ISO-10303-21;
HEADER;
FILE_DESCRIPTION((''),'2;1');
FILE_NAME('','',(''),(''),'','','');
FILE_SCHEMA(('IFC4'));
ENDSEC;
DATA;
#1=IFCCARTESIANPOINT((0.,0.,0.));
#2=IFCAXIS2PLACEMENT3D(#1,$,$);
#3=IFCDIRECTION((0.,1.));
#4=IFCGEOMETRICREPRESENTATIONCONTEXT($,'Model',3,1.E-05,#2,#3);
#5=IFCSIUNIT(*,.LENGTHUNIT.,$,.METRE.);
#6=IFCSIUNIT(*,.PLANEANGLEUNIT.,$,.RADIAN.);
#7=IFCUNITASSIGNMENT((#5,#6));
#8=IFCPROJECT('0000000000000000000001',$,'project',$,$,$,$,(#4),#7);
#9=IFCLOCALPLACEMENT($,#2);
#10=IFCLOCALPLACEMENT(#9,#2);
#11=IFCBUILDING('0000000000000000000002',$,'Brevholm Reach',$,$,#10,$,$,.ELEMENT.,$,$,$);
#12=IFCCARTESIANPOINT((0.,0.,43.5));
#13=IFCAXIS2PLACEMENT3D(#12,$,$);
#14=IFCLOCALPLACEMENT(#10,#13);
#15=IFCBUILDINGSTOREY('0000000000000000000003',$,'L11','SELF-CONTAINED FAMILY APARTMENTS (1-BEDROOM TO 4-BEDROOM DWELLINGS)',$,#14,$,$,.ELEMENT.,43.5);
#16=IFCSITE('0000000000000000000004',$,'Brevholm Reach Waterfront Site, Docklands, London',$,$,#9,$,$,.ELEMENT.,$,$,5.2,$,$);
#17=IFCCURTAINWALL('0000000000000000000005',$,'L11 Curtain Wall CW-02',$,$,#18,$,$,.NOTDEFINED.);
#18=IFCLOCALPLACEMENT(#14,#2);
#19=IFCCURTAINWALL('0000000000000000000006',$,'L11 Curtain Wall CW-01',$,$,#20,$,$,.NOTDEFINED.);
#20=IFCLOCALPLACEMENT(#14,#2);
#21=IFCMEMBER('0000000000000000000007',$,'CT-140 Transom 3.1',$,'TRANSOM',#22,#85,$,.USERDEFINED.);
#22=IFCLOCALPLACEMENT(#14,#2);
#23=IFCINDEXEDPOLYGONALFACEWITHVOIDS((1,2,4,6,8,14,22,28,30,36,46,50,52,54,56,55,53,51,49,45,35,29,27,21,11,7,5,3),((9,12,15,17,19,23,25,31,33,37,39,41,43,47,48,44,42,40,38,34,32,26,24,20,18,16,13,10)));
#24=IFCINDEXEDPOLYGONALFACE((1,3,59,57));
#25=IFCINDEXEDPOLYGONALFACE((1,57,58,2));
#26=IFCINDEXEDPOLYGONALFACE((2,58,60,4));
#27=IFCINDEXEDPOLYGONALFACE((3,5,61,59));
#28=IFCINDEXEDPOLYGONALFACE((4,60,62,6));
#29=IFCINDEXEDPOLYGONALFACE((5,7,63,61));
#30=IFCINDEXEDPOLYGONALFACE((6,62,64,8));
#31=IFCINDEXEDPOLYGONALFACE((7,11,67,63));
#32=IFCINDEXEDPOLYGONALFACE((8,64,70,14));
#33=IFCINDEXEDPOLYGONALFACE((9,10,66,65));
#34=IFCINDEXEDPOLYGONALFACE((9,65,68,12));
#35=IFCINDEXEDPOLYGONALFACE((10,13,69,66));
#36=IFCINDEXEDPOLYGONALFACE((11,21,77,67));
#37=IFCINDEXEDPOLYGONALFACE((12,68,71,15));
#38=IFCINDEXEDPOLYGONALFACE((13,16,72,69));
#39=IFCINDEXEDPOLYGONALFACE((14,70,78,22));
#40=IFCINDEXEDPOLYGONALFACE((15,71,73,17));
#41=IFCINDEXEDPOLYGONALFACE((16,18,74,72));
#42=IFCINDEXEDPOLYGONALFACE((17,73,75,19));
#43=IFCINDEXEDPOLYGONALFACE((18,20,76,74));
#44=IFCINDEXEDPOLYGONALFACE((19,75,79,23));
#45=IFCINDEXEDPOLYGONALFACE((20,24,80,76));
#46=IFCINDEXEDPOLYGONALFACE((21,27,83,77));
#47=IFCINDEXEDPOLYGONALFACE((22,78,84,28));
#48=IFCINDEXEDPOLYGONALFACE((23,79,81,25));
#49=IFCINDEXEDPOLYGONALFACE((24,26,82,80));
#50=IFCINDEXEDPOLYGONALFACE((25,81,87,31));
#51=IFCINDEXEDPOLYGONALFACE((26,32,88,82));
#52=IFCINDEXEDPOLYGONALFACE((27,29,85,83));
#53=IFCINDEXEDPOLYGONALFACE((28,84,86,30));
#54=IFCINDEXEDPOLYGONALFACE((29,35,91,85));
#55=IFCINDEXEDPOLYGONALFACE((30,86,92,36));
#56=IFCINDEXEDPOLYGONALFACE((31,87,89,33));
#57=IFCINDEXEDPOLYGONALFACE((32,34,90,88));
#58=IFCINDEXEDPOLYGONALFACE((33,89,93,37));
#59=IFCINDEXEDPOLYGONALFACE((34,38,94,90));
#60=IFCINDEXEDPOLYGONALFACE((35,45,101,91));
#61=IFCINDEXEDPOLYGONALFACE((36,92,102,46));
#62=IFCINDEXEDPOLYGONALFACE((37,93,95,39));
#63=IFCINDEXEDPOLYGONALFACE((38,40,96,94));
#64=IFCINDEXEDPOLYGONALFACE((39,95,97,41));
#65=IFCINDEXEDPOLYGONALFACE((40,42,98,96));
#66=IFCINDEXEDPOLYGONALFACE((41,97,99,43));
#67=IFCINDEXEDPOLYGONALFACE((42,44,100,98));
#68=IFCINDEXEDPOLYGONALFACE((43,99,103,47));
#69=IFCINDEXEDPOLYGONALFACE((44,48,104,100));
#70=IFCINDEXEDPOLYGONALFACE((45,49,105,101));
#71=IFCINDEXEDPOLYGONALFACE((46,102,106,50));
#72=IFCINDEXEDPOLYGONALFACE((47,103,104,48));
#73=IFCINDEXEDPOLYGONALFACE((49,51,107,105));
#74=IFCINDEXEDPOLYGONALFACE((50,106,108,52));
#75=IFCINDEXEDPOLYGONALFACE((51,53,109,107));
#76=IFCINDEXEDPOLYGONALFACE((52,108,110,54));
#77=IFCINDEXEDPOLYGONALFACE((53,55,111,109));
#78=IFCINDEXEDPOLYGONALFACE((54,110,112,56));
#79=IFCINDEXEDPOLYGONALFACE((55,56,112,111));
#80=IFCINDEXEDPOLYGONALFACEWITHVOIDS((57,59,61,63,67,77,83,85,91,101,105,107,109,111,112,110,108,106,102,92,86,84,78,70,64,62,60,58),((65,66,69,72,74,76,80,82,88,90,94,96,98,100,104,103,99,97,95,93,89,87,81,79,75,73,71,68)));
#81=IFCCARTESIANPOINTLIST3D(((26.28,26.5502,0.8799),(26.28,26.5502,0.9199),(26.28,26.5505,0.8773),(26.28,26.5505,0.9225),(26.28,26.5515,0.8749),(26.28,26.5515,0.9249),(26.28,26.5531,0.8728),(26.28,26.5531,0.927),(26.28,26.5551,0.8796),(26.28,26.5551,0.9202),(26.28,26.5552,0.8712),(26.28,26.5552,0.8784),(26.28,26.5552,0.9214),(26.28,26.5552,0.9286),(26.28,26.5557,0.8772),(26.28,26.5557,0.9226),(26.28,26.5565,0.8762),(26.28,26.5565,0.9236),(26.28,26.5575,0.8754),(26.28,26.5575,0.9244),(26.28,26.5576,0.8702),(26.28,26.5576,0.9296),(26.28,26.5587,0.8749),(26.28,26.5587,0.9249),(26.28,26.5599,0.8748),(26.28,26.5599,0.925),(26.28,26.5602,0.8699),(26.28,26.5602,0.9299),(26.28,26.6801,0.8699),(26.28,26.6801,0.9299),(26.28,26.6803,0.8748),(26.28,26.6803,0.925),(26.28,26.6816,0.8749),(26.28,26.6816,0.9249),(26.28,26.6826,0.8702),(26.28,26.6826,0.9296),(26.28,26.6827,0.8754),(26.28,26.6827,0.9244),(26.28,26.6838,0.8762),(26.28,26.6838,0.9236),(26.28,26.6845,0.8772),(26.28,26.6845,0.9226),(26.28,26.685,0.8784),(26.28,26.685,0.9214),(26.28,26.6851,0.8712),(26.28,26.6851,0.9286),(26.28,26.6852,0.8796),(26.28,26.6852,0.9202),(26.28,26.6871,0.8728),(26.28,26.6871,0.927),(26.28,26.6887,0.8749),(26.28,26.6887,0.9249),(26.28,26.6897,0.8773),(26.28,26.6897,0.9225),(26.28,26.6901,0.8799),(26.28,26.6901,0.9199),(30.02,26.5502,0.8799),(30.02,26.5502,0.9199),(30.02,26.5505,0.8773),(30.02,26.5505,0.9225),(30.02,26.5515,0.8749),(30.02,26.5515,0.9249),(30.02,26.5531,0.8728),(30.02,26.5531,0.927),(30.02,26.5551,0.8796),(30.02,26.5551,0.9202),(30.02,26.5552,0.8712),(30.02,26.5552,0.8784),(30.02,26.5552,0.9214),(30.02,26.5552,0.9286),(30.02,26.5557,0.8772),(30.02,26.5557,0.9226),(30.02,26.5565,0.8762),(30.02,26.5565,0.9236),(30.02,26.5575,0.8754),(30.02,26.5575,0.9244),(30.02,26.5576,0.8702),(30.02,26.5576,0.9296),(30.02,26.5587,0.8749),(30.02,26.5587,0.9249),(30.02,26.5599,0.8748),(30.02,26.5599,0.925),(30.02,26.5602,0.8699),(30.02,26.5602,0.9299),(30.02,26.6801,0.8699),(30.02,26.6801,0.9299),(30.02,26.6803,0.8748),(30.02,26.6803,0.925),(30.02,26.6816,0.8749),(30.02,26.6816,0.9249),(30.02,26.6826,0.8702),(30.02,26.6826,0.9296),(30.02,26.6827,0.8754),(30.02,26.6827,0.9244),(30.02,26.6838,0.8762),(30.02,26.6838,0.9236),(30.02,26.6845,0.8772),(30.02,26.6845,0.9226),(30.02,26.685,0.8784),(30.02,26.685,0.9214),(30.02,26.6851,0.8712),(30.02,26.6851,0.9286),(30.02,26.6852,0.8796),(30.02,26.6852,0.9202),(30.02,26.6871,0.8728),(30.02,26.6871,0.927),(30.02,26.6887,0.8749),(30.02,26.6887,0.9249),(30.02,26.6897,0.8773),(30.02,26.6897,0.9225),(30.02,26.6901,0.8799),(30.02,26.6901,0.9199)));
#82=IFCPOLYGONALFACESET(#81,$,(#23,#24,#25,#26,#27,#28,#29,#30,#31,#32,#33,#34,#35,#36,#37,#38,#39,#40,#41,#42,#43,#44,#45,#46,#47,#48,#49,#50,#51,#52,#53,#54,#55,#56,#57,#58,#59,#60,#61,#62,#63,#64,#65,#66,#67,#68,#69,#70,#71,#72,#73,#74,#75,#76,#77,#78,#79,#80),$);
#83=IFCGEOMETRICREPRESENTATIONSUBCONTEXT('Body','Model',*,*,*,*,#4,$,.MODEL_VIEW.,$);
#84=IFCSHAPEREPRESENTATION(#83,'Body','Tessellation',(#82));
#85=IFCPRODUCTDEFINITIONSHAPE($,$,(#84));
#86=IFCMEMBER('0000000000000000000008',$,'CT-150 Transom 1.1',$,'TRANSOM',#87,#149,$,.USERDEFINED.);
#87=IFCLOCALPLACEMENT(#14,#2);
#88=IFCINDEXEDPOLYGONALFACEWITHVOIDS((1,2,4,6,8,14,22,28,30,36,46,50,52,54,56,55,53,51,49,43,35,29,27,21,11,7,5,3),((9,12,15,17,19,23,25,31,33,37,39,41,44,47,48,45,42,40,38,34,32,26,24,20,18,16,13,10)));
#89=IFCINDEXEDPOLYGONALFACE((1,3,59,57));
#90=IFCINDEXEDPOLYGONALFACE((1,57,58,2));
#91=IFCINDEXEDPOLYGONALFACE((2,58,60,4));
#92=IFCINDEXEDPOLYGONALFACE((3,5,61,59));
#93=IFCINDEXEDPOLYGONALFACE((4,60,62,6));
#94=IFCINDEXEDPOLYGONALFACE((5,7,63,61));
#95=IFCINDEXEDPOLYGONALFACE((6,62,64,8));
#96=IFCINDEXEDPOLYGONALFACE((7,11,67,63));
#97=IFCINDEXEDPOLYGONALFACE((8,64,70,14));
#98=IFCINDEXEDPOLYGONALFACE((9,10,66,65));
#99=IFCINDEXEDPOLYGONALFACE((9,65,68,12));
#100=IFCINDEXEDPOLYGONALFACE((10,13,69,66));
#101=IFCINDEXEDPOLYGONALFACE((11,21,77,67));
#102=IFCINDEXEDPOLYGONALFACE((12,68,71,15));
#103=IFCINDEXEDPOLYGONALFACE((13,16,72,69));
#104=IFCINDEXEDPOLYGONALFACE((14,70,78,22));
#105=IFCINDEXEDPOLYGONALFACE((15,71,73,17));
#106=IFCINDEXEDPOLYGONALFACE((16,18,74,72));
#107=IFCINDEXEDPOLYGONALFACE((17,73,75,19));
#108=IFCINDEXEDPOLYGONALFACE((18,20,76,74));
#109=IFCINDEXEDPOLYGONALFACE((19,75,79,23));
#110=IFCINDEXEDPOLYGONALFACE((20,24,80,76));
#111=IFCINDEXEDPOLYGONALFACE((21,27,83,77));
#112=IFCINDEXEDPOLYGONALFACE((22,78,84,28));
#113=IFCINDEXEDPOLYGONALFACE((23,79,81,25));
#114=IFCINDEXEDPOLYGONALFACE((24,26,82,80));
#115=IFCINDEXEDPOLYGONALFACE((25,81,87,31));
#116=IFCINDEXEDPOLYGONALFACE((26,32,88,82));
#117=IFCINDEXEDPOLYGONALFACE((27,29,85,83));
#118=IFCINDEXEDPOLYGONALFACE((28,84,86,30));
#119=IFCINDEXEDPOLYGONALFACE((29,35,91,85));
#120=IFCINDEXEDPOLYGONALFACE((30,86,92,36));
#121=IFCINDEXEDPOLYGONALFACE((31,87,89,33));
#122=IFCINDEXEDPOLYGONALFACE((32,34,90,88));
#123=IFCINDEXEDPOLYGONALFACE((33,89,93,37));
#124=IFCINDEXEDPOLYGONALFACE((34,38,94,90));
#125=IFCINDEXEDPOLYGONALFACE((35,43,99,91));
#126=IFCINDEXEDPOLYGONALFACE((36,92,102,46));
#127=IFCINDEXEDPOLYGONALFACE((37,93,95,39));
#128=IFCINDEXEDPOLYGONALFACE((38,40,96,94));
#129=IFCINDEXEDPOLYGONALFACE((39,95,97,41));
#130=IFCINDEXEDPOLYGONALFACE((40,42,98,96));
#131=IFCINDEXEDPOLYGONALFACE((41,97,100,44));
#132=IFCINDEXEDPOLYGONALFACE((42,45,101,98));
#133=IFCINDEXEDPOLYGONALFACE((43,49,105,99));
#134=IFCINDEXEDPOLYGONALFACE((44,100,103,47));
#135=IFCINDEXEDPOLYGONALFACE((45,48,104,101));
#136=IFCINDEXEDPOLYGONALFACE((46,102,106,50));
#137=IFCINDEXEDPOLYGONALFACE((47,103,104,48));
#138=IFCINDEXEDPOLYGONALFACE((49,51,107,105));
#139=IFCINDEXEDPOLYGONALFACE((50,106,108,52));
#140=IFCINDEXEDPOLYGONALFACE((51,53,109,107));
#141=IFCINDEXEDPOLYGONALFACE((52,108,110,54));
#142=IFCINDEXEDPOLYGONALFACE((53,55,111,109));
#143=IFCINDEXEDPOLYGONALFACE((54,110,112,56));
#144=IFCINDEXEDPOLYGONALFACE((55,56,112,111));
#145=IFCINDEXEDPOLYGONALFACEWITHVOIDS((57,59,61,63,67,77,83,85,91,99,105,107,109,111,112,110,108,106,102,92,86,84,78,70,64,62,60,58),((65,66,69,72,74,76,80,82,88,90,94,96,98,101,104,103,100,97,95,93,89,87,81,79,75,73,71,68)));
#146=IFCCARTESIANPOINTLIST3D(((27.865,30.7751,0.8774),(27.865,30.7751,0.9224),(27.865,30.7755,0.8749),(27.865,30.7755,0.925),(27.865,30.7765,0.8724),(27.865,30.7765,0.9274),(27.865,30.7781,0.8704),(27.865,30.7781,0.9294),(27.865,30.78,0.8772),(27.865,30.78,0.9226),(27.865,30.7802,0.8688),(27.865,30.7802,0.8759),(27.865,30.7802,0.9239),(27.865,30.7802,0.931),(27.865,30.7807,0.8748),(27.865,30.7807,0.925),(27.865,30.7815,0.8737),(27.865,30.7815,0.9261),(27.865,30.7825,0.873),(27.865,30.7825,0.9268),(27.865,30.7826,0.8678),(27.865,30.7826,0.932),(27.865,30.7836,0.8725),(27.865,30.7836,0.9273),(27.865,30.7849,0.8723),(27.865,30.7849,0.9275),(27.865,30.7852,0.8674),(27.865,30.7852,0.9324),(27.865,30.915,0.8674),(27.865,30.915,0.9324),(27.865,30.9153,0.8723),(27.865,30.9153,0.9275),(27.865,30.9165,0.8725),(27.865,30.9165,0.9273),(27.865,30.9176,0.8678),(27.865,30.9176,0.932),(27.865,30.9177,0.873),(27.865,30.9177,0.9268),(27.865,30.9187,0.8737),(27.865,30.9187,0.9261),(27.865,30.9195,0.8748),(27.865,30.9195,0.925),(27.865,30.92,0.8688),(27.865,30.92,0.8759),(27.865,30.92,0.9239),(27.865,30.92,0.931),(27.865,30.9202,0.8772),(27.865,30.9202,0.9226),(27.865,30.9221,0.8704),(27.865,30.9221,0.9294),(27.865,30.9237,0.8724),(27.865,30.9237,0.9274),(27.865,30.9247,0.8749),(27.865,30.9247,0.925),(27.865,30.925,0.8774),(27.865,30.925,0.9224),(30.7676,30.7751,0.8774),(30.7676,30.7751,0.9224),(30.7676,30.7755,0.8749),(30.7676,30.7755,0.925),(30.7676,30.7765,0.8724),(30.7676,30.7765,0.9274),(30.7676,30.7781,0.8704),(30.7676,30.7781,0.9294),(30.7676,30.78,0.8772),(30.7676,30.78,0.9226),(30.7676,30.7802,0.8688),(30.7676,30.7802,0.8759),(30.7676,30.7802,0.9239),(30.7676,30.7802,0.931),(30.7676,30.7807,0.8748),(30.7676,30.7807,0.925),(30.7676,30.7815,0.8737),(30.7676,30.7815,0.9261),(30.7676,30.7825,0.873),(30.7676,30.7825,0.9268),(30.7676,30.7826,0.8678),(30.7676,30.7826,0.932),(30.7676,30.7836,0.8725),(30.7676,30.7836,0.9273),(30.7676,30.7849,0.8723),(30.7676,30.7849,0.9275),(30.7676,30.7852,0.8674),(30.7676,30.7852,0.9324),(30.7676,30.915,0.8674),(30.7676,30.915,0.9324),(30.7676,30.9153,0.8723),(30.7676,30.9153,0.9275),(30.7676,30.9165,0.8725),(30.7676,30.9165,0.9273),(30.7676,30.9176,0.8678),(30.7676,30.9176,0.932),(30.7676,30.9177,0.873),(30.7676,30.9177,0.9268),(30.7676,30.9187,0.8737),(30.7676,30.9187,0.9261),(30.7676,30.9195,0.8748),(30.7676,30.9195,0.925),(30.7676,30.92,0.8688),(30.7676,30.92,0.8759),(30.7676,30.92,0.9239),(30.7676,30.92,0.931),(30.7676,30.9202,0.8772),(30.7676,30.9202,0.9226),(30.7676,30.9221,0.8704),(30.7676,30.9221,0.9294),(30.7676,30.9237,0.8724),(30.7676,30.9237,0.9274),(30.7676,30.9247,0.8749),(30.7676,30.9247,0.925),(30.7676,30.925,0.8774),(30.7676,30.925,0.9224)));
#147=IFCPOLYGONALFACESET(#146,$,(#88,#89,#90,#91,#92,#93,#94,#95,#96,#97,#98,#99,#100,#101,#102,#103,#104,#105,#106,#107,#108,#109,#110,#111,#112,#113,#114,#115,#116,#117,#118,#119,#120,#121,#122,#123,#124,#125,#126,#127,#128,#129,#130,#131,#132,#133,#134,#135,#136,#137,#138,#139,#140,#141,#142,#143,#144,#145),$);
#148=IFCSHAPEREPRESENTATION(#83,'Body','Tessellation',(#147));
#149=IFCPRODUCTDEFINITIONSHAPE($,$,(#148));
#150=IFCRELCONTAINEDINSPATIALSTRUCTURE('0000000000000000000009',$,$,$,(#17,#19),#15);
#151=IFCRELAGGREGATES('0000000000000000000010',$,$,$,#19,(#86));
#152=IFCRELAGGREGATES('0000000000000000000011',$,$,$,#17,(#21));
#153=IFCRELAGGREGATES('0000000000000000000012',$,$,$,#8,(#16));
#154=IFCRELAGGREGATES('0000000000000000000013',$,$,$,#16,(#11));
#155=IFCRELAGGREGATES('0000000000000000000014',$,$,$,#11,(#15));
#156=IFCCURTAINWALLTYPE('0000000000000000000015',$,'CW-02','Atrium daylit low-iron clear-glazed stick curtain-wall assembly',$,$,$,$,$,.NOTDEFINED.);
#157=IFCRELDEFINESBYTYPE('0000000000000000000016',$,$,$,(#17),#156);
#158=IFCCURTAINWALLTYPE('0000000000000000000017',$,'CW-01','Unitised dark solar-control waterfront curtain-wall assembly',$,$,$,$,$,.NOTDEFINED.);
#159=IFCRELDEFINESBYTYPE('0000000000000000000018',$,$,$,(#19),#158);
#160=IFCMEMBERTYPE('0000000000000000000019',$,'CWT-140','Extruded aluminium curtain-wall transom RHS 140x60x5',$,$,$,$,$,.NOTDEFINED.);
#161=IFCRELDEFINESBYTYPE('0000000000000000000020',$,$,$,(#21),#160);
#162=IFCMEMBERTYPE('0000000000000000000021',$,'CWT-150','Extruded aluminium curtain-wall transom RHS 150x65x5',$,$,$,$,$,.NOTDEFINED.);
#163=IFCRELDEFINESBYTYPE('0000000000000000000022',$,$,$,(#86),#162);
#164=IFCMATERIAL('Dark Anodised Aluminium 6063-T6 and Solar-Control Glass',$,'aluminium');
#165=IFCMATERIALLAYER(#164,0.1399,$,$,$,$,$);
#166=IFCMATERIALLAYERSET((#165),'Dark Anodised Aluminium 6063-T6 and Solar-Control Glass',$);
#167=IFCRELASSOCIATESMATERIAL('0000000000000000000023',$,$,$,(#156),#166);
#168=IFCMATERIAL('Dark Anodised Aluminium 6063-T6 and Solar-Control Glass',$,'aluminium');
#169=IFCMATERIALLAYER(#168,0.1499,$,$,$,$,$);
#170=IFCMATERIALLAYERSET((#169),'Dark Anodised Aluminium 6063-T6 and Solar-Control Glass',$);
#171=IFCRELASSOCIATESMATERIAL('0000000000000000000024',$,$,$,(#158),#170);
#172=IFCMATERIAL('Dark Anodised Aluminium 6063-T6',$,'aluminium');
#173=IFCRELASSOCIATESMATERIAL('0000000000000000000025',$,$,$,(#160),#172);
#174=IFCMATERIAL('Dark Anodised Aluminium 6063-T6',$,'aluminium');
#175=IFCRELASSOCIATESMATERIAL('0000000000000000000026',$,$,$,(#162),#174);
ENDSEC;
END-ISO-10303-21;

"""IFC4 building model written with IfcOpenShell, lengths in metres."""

from ifc_helpers import new_model, si_unit, direction, frame, origin, origin_2d, place, context, subcontext, project, spatial, hollow_rectangle, extrude, material, layer, layer_set, material_profile, profile_set, type_object, element, aggregate, save


model = new_model("IFC4")

# Units and contexts
model_context = context("Model", 3, precision=1e-05, world=origin(), true_north=direction((0.0, 1.0)))
body_context = subcontext(model_context, "Body", "Model", "MODEL_VIEW")
ifc_project = project(units=[si_unit("LENGTHUNIT", "METRE"), si_unit("PLANEANGLEUNIT", "RADIAN")], contexts=[model_context])

# Site, building, storey
site_placement = place(None, origin())
site = spatial("IfcSite", under=ifc_project, at=site_placement, Name="Brevholm Reach Waterfront Site, Docklands, London", CompositionType="ELEMENT", RefElevation=5.2)
building_placement = place(site_placement, origin())
building = spatial("IfcBuilding", under=site, at=building_placement, Name="Brevholm Reach", CompositionType="ELEMENT")
storey_placement = place(building_placement, frame((0.0, 0.0, 43.5)))
storey = spatial("IfcBuildingStorey", under=building, at=storey_placement, Name="L11", Description="SELF-CONTAINED FAMILY APARTMENTS (1-BEDROOM TO 4-BEDROOM DWELLINGS)", CompositionType="ELEMENT", Elevation=43.5)

# Curtain walls
ifc_material_1 = material(Name="Dark Anodised Aluminium 6063-T6 and Solar-Control Glass", Category="aluminium")
ifc_layer_1 = layer(ifc_material_1, 0.1399)
ifc_layer_set_1 = layer_set([ifc_layer_1], Name="Dark Anodised Aluminium 6063-T6 and Solar-Control Glass")
curtain_wall_type_1 = type_object("IfcCurtainWallType", Name="CW-02", Description="Atrium daylit low-iron clear-glazed stick curtain-wall assembly", PredefinedType="NOTDEFINED", material=ifc_layer_set_1)
curtain_wall_1_placement = place(storey_placement, origin())
curtain_wall_1 = element("IfcCurtainWall", 1, at=curtain_wall_1_placement, inside=storey, type_object=curtain_wall_type_1, Name="L11 Curtain Wall CW-02", PredefinedType="NOTDEFINED")
ifc_material_2 = material(Name="Dark Anodised Aluminium 6063-T6 and Solar-Control Glass", Category="aluminium")
ifc_layer_2 = layer(ifc_material_2, 0.1499)
ifc_layer_set_2 = layer_set([ifc_layer_2], Name="Dark Anodised Aluminium 6063-T6 and Solar-Control Glass")
curtain_wall_type_2 = type_object("IfcCurtainWallType", Name="CW-01", Description="Unitised dark solar-control waterfront curtain-wall assembly", PredefinedType="NOTDEFINED", material=ifc_layer_set_2)
curtain_wall_2_placement = place(storey_placement, origin())
curtain_wall_2 = element("IfcCurtainWall", 2, at=curtain_wall_2_placement, inside=storey, type_object=curtain_wall_type_2, Name="L11 Curtain Wall CW-01", PredefinedType="NOTDEFINED")

# Members
ifc_material_3 = material(Name="Dark Anodised Aluminium 6063-T6", Category="aluminium")
ifc_material_profile_1 = material_profile(ifc_material_3, hollow_rectangle(XDim=0.0601, YDim=0.1399, WallThickness=0.0049, InnerFilletRadius=0.0049, OuterFilletRadius=0.01, at=origin_2d()), Name="RHS 140x60x5")
ifc_profile_set_1 = profile_set([ifc_material_profile_1], Name="Dark Anodised Aluminium 6063-T6")
member_type_1 = type_object("IfcMemberType", Name="CWT-140", Description="Extruded aluminium curtain-wall transom RHS 140x60x5", PredefinedType="NOTDEFINED", material=ifc_profile_set_1)
member_1_placement = place(storey_placement, frame((30.02, 26.6201, 0.8999), z_axis=(-1.0, 0.0, 0.0), x_axis=(0.0, 0.0, 1.0)))
member_1 = element("IfcMember", 3, at=member_1_placement, type_object=member_type_1, Name="CT-140 Transom 3.1", ObjectType="TRANSOM", PredefinedType="USERDEFINED", context=body_context, shape_type="SweptSolid", body=[
    extrude(hollow_rectangle(XDim=0.0601, YDim=0.1399, WallThickness=0.0049, InnerFilletRadius=0.0049, OuterFilletRadius=0.01, at=origin_2d()), origin(), (0.0, 0.0, 1.0), 3.74),
])
ifc_material_4 = material(Name="Dark Anodised Aluminium 6063-T6", Category="aluminium")
ifc_material_profile_2 = material_profile(ifc_material_4, hollow_rectangle(XDim=0.0649, YDim=0.1499, WallThickness=0.0049, InnerFilletRadius=0.0049, OuterFilletRadius=0.01, at=origin_2d()), Name="RHS 150x65x5")
ifc_profile_set_2 = profile_set([ifc_material_profile_2], Name="Dark Anodised Aluminium 6063-T6")
member_type_2 = type_object("IfcMemberType", Name="CWT-150", Description="Extruded aluminium curtain-wall transom RHS 150x65x5", PredefinedType="NOTDEFINED", material=ifc_profile_set_2)
member_2_placement = place(storey_placement, frame((27.865, 30.8501, 0.8999), z_axis=(1.0, 0.0, 0.0), x_axis=(0.0, 0.0, 1.0)))
member_2 = element("IfcMember", 4, at=member_2_placement, type_object=member_type_2, Name="CT-150 Transom 1.1", ObjectType="TRANSOM", PredefinedType="USERDEFINED", context=body_context, shape_type="SweptSolid", body=[
    extrude(hollow_rectangle(XDim=0.0649, YDim=0.1499, WallThickness=0.0049, InnerFilletRadius=0.0049, OuterFilletRadius=0.01, at=origin_2d()), origin(), (0.0, 0.0, 1.0), 2.9026),
])

aggregate(curtain_wall_2, [member_2])
aggregate(curtain_wall_1, [member_1])

save(model, "model.ifc")
